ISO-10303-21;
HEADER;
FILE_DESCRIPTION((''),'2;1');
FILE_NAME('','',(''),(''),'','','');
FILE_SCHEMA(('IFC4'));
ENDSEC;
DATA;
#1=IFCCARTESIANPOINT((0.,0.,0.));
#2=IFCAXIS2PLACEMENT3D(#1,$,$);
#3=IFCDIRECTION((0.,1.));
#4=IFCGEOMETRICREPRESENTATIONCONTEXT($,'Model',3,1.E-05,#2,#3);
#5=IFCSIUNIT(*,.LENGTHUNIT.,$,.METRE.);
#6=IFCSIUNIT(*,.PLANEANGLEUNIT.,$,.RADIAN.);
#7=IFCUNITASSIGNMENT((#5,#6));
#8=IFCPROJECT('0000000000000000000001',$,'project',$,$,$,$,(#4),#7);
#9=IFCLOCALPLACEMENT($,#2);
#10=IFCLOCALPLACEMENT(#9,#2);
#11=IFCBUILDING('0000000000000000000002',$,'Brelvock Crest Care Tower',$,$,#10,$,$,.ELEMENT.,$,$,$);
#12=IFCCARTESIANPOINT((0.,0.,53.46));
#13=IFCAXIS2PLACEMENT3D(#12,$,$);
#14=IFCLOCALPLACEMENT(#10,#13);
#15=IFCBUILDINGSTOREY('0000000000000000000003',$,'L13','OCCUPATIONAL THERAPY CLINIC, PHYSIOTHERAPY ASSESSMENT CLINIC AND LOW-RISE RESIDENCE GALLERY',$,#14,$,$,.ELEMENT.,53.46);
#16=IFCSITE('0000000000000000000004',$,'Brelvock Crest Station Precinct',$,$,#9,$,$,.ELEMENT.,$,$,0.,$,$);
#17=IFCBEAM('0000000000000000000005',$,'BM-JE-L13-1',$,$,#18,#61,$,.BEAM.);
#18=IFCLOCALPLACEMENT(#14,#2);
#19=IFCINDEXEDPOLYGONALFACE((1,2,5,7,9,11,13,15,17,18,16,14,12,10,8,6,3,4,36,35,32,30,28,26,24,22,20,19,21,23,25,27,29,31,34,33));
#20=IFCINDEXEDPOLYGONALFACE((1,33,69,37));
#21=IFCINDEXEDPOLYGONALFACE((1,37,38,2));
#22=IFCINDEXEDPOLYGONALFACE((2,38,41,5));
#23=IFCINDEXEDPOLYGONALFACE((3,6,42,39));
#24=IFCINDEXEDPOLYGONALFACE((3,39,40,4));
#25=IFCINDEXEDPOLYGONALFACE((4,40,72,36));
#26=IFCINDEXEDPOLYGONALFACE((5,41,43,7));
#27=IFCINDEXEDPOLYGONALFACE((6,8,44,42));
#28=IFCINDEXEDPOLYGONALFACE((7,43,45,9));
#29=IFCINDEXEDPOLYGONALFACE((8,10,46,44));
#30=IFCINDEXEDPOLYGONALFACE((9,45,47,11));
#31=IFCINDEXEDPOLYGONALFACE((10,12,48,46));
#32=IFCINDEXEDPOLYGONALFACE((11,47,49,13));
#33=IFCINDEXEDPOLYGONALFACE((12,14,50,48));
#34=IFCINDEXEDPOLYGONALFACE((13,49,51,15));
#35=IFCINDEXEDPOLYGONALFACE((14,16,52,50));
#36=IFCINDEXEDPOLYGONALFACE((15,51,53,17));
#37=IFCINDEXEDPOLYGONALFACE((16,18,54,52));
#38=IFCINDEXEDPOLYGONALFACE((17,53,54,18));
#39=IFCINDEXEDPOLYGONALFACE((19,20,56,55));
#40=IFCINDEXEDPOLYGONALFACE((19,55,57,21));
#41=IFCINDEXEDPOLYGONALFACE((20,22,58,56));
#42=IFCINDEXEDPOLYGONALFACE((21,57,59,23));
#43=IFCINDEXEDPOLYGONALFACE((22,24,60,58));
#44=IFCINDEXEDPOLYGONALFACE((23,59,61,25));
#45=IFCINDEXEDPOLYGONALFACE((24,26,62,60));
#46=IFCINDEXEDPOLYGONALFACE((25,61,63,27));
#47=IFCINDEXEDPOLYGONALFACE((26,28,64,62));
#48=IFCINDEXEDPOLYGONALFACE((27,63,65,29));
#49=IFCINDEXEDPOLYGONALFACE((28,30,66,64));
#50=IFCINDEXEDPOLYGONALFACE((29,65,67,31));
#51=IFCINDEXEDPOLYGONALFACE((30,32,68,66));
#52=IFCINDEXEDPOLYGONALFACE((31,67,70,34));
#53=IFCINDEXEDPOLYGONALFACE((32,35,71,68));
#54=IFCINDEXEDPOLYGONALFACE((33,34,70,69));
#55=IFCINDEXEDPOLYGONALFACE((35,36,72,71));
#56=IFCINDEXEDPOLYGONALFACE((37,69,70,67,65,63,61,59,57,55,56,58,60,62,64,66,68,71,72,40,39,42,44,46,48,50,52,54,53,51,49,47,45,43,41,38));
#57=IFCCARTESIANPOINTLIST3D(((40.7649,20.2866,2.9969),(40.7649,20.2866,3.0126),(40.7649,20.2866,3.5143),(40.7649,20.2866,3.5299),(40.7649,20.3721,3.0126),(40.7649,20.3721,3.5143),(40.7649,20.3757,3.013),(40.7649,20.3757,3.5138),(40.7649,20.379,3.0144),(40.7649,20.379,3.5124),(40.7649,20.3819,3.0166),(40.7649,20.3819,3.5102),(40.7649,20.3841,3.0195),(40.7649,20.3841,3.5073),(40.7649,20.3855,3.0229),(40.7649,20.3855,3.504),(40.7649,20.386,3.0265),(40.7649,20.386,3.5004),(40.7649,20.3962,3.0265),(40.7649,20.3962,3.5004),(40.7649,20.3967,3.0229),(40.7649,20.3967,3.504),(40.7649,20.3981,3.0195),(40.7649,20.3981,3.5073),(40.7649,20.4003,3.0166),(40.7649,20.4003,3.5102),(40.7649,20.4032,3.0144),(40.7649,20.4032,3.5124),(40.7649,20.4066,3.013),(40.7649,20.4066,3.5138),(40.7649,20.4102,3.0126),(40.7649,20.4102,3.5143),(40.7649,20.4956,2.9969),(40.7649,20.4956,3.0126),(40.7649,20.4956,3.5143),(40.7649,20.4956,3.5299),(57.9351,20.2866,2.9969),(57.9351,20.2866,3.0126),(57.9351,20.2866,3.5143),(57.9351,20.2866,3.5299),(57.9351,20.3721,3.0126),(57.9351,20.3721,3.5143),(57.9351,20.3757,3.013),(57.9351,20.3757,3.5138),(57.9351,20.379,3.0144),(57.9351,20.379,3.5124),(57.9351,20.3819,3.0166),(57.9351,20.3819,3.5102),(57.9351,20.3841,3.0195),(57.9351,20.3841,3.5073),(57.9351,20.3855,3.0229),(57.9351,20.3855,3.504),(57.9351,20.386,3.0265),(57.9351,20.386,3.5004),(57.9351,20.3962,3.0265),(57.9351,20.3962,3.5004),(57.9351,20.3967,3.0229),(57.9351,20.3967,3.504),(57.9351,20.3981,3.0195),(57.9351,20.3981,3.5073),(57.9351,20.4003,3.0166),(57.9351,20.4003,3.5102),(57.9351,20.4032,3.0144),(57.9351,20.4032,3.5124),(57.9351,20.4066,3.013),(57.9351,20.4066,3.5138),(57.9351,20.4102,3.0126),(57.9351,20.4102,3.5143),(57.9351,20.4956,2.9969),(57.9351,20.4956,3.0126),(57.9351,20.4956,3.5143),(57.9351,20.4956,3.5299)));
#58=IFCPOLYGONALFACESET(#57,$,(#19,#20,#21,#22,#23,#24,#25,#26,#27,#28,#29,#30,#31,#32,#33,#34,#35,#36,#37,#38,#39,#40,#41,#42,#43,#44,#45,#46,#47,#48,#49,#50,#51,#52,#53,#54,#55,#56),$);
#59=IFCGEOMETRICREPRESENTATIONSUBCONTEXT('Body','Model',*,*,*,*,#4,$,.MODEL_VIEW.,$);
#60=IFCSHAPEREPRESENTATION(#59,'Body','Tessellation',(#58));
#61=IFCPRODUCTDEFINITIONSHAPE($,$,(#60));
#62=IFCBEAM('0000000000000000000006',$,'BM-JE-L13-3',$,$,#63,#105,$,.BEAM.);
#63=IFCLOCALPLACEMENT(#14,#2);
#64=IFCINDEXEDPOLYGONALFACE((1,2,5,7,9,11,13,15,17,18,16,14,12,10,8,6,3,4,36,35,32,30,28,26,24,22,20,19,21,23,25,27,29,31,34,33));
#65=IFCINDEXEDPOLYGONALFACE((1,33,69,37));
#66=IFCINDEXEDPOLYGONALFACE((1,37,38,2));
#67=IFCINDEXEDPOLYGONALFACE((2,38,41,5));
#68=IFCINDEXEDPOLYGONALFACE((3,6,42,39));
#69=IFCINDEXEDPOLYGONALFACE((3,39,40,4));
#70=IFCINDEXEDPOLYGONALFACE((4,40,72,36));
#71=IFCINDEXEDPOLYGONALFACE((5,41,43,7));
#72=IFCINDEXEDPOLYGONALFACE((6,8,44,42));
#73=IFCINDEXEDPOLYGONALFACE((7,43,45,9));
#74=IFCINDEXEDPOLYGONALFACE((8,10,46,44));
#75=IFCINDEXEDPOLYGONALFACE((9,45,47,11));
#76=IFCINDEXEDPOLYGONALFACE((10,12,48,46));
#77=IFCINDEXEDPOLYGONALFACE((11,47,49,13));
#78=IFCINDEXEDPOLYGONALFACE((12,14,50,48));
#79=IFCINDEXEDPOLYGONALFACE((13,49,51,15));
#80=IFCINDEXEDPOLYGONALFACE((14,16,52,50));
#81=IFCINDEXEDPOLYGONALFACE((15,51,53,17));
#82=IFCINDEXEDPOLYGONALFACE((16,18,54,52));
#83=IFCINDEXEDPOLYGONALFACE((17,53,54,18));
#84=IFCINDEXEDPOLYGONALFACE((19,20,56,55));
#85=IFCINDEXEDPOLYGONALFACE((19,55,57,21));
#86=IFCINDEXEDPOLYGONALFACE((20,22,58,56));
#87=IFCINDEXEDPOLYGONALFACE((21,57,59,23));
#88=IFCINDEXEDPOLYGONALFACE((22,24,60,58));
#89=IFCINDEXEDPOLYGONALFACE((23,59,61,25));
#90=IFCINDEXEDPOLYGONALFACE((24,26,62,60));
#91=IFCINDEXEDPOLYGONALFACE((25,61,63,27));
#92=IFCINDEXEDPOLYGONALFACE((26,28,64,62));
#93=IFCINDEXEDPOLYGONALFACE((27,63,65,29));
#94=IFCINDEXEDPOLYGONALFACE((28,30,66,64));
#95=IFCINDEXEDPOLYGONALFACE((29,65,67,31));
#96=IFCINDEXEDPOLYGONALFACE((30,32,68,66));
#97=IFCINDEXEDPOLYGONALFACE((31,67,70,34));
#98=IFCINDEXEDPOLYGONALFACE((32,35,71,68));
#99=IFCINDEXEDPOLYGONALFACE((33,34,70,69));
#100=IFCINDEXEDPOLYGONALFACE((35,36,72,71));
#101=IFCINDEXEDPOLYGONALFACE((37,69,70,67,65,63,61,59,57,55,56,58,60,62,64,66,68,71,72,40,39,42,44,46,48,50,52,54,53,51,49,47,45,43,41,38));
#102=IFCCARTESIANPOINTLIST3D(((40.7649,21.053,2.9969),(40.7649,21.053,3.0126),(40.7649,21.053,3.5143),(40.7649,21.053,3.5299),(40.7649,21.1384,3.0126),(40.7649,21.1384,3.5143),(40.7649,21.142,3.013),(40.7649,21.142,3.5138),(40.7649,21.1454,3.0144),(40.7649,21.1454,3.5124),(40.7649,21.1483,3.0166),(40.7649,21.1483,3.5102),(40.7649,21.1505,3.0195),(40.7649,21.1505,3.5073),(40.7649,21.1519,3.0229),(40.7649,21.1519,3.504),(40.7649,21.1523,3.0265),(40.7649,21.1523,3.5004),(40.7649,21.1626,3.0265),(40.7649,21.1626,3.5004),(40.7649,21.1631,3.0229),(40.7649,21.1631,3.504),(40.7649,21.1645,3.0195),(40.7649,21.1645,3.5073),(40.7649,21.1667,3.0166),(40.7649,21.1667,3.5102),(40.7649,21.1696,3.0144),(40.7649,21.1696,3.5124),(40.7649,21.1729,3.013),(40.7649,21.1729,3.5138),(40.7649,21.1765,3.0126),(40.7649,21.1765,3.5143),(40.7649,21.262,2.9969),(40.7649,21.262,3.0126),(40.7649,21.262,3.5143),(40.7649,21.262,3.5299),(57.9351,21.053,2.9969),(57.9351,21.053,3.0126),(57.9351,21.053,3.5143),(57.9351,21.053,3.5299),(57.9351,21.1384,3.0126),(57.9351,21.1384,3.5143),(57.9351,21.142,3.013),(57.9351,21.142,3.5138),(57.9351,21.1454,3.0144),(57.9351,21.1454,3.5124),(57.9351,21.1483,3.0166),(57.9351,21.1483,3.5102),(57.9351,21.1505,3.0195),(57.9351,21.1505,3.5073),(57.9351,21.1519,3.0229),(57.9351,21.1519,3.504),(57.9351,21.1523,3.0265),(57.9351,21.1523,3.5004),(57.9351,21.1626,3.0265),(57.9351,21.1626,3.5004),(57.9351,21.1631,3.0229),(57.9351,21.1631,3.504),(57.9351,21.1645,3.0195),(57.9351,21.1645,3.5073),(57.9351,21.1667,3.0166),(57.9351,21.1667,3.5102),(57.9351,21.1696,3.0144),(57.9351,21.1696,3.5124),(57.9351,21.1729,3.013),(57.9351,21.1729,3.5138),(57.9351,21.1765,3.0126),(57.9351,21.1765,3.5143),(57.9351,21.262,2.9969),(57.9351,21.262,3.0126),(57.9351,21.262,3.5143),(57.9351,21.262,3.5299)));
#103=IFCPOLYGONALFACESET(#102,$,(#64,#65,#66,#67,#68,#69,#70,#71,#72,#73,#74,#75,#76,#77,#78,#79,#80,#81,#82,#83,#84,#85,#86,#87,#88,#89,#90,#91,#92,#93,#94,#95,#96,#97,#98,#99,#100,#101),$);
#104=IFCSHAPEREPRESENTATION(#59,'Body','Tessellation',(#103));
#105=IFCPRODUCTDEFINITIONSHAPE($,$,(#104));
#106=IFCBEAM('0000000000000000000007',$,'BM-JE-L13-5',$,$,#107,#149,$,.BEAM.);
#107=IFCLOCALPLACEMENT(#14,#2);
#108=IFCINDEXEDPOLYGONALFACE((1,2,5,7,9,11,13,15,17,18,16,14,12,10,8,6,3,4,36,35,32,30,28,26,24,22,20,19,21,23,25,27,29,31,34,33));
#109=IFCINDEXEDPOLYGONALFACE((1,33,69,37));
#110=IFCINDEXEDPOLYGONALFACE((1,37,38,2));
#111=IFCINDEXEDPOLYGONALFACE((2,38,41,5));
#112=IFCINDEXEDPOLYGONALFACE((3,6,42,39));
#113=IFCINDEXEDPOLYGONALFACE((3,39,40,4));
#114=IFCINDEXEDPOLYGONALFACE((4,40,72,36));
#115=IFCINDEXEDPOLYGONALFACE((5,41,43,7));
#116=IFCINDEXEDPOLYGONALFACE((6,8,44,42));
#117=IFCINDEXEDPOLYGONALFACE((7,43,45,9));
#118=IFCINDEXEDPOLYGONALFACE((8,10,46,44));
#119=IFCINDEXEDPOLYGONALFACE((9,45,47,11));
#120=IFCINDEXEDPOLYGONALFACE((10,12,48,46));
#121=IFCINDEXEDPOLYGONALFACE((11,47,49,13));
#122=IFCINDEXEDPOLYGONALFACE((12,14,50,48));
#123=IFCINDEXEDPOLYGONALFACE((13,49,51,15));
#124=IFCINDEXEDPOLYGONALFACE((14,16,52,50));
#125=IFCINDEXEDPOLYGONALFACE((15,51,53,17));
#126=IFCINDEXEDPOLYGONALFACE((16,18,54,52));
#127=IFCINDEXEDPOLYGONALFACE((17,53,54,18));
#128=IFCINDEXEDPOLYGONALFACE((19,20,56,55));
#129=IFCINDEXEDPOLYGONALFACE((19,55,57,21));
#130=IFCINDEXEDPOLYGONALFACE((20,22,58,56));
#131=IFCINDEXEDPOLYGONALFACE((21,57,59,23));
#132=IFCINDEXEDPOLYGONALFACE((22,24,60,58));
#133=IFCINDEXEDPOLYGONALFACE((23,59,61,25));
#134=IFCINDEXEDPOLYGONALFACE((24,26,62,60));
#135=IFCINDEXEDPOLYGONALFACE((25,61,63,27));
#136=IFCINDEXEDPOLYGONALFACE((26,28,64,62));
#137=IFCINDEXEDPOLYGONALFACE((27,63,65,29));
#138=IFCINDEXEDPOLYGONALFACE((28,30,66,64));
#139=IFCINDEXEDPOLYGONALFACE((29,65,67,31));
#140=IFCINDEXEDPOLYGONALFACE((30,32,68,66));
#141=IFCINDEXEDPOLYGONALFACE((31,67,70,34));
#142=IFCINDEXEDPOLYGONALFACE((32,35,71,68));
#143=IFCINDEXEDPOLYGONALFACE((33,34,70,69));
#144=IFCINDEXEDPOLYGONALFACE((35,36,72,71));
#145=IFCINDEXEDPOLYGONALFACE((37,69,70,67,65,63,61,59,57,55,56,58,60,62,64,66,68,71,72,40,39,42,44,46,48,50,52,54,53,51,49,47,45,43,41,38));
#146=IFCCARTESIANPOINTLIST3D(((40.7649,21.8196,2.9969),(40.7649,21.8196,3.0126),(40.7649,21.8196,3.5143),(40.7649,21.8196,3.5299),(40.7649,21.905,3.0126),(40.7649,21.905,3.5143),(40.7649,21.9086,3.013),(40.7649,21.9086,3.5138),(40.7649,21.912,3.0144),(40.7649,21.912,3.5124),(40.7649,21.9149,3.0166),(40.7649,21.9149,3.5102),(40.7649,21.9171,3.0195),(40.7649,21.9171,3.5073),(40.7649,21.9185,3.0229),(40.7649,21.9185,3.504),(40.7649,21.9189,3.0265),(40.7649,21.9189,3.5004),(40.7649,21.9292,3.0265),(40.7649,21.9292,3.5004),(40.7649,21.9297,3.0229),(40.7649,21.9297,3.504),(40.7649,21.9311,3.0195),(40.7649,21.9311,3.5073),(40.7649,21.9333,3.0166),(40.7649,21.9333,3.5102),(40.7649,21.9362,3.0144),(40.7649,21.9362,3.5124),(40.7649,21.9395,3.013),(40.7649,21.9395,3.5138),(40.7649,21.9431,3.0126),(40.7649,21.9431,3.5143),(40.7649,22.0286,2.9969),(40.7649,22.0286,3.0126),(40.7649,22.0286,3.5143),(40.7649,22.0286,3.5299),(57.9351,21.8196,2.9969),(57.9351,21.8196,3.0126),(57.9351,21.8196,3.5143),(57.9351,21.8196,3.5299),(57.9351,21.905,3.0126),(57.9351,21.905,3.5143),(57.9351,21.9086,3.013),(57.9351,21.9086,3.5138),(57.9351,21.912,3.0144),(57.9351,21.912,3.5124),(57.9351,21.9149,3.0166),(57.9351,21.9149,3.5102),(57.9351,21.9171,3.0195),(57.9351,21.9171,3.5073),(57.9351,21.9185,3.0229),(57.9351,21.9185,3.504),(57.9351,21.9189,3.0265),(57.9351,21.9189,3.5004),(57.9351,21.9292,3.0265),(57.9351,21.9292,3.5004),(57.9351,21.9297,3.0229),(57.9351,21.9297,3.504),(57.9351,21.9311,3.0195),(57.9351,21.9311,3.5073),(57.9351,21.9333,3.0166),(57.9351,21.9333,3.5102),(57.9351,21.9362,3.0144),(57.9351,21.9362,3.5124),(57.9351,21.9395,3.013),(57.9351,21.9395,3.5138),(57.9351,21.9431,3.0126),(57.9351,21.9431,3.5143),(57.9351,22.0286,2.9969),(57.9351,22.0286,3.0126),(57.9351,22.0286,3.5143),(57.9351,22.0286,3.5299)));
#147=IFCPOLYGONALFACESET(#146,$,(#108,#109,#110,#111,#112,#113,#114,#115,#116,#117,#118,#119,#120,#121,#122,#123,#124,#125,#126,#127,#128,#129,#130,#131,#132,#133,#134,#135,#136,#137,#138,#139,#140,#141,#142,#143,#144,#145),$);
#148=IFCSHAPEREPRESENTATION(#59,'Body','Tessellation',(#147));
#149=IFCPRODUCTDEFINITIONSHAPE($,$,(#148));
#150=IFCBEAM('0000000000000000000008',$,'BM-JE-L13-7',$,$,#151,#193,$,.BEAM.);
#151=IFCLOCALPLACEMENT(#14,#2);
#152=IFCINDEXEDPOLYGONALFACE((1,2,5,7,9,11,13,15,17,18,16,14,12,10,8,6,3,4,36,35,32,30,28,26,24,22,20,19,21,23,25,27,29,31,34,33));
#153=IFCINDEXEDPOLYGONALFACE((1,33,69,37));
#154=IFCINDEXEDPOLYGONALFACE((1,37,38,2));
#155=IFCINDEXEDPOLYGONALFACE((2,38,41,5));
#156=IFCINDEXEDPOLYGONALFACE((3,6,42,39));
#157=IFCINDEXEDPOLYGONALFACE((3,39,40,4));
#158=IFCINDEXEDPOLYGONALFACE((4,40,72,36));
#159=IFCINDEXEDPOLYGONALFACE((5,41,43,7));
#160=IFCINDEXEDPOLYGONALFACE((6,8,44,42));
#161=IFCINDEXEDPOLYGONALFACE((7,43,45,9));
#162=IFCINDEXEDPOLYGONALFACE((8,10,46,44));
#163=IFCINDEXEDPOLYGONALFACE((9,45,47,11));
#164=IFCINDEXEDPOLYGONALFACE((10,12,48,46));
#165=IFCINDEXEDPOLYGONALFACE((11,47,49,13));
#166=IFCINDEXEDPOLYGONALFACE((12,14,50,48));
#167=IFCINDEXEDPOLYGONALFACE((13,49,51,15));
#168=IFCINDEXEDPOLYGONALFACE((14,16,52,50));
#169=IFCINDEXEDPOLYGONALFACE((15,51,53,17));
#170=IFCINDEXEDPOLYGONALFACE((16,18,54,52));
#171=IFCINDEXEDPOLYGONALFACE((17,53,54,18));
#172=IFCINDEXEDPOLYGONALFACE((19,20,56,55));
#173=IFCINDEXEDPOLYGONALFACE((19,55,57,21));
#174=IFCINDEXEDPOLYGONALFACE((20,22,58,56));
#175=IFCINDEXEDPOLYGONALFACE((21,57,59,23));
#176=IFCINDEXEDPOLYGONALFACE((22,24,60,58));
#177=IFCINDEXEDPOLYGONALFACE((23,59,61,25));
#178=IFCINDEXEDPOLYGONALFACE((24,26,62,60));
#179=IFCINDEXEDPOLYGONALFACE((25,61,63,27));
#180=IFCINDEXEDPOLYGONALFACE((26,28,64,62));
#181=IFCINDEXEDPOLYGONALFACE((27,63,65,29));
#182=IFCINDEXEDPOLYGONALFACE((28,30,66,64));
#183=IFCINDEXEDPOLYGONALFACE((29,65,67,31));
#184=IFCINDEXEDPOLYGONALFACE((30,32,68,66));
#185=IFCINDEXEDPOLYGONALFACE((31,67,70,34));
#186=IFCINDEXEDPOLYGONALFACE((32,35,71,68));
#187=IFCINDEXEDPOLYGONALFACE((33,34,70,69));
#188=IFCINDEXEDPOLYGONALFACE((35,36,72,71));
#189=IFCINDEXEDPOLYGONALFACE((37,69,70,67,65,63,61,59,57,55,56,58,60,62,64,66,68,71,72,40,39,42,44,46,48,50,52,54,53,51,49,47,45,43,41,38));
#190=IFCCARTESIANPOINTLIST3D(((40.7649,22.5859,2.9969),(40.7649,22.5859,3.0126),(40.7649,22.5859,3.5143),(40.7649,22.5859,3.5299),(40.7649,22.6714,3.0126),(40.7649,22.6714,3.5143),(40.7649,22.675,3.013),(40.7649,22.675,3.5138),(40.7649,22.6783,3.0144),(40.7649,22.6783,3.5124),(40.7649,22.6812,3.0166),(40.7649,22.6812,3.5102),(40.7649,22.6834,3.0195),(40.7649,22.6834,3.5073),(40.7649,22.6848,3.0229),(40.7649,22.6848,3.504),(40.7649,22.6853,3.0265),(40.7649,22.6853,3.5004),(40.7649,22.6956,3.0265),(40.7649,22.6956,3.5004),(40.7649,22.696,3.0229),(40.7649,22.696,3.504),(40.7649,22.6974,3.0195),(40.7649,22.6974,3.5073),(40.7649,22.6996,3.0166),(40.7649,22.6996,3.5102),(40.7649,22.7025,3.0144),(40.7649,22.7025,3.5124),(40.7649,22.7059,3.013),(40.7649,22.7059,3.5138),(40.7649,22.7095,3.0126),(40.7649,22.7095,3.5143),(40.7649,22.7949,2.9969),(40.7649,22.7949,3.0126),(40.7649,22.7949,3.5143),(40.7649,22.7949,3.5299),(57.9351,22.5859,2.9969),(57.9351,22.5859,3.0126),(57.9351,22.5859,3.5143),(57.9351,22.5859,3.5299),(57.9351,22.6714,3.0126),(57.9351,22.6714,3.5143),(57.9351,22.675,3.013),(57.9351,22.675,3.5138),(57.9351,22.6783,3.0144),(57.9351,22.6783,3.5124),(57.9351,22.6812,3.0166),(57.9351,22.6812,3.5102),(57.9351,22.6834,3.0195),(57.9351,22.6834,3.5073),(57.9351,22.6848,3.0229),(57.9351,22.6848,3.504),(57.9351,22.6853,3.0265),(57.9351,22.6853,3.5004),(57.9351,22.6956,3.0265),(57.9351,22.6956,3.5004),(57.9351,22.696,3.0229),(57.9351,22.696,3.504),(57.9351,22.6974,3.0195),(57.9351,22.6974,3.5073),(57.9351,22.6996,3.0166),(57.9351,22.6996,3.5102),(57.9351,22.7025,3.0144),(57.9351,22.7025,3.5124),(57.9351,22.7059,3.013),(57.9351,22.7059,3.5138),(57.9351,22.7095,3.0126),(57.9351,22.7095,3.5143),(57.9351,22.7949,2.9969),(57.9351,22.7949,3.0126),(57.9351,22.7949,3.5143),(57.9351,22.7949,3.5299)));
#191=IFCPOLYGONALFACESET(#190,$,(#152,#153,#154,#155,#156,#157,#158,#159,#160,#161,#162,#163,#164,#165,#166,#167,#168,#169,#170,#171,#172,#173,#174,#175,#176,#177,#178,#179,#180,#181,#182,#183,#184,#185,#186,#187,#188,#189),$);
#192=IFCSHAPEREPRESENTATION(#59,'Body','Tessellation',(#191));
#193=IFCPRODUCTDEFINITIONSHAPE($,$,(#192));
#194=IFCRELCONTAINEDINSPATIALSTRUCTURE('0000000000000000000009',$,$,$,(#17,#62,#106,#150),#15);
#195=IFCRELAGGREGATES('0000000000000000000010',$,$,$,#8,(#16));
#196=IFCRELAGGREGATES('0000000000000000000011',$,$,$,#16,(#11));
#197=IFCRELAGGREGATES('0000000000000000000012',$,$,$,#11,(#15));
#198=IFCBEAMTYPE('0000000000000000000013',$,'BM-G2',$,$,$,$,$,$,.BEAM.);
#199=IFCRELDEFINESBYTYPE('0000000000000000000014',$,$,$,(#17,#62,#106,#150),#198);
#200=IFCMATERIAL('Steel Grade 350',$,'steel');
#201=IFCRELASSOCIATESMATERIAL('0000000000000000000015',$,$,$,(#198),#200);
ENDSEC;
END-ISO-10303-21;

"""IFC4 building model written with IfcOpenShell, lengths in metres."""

from ifc_helpers import new_model, si_unit, direction, frame, origin, origin_2d, place, context, subcontext, project, spatial, i_section, extrude, source, transform, mapped, material, material_profile, profile_set, type_object, element, save


model = new_model("IFC4")

# Units and contexts
model_context = context("Model", 3, precision=1e-05, world=origin(), true_north=direction((0.0, 1.0)))
body_context = subcontext(model_context, "Body", "Model", "MODEL_VIEW")
ifc_project = project(units=[si_unit("LENGTHUNIT", "METRE"), si_unit("PLANEANGLEUNIT", "RADIAN")], contexts=[model_context])

# Site, building, storey
site_placement = place(None, origin())
site = spatial("IfcSite", under=ifc_project, at=site_placement, Name="Brelvock Crest Station Precinct", CompositionType="ELEMENT", RefElevation=0.0)
building_placement = place(site_placement, origin())
building = spatial("IfcBuilding", under=site, at=building_placement, Name="Brelvock Crest Care Tower", CompositionType="ELEMENT")
storey_placement = place(building_placement, frame((0.0, 0.0, 53.46)))
storey = spatial("IfcBuildingStorey", under=building, at=storey_placement, Name="L13", Description="OCCUPATIONAL THERAPY CLINIC, PHYSIOTHERAPY ASSESSMENT CLINIC AND LOW-RISE RESIDENCE GALLERY", CompositionType="ELEMENT", Elevation=53.46)

# Shared definitions
ifc_material_1 = material(Name="Steel Grade 350", Category="steel")

# Beams
ifc_material_profile_1 = material_profile(ifc_material_1, i_section(OverallWidth=0.209, OverallDepth=0.533, WebThickness=0.0103, FlangeThickness=0.0156, FilletRadius=0.0139, at=origin_2d()), Name="530UB92.4")
ifc_profile_set_1 = profile_set([ifc_material_profile_1], Name="Steel Grade 350")
beam_type_1 = type_object("IfcBeamType", Name="BM-G2", PredefinedType="BEAM", material=ifc_profile_set_1)
shared_shape_1 = source(origin(), body_context, "Body", "SweptSolid", [
    extrude(i_section(OverallWidth=0.209, OverallDepth=0.533, WebThickness=0.0103, FlangeThickness=0.0156, FilletRadius=0.0139, at=origin_2d()), origin(), (0.0, 0.0, 1.0), 17.1702),
])
for number, where, z_axis, x_axis, name in (
    (1, (40.7649, 20.3911, 3.2634), (1.0, 0.0, 0.0), (0.0, 1.0, 0.0), "BM-JE-L13-1"),
    (2, (40.7649, 21.1575, 3.2634), (1.0, 0.0, 0.0), (0.0, 1.0, 0.0), "BM-JE-L13-3"),
    (3, (40.7649, 21.9241, 3.2634), (1.0, 0.0, 0.0), (0.0, 1.0, 0.0), "BM-JE-L13-5"),
    (4, (40.7649, 22.6904, 3.2634), (1.0, 0.0, 0.0), (0.0, 1.0, 0.0), "BM-JE-L13-7"),
):
    element("IfcBeam", number, at=place(storey_placement, frame(where, z_axis=z_axis, x_axis=x_axis)), inside=storey, type_object=beam_type_1, Name=name, PredefinedType="BEAM", context=body_context, shape_type="MappedRepresentation", body=[
        mapped(shared_shape_1, transform((0.0, 0.0, 0.0), x_axis=(1.0, 0.0, 0.0), y_axis=(0.0, 1.0, 0.0), z_axis=(0.0, 0.0, 1.0), scale=1.0)),
    ])

save(model, "model.ifc")
